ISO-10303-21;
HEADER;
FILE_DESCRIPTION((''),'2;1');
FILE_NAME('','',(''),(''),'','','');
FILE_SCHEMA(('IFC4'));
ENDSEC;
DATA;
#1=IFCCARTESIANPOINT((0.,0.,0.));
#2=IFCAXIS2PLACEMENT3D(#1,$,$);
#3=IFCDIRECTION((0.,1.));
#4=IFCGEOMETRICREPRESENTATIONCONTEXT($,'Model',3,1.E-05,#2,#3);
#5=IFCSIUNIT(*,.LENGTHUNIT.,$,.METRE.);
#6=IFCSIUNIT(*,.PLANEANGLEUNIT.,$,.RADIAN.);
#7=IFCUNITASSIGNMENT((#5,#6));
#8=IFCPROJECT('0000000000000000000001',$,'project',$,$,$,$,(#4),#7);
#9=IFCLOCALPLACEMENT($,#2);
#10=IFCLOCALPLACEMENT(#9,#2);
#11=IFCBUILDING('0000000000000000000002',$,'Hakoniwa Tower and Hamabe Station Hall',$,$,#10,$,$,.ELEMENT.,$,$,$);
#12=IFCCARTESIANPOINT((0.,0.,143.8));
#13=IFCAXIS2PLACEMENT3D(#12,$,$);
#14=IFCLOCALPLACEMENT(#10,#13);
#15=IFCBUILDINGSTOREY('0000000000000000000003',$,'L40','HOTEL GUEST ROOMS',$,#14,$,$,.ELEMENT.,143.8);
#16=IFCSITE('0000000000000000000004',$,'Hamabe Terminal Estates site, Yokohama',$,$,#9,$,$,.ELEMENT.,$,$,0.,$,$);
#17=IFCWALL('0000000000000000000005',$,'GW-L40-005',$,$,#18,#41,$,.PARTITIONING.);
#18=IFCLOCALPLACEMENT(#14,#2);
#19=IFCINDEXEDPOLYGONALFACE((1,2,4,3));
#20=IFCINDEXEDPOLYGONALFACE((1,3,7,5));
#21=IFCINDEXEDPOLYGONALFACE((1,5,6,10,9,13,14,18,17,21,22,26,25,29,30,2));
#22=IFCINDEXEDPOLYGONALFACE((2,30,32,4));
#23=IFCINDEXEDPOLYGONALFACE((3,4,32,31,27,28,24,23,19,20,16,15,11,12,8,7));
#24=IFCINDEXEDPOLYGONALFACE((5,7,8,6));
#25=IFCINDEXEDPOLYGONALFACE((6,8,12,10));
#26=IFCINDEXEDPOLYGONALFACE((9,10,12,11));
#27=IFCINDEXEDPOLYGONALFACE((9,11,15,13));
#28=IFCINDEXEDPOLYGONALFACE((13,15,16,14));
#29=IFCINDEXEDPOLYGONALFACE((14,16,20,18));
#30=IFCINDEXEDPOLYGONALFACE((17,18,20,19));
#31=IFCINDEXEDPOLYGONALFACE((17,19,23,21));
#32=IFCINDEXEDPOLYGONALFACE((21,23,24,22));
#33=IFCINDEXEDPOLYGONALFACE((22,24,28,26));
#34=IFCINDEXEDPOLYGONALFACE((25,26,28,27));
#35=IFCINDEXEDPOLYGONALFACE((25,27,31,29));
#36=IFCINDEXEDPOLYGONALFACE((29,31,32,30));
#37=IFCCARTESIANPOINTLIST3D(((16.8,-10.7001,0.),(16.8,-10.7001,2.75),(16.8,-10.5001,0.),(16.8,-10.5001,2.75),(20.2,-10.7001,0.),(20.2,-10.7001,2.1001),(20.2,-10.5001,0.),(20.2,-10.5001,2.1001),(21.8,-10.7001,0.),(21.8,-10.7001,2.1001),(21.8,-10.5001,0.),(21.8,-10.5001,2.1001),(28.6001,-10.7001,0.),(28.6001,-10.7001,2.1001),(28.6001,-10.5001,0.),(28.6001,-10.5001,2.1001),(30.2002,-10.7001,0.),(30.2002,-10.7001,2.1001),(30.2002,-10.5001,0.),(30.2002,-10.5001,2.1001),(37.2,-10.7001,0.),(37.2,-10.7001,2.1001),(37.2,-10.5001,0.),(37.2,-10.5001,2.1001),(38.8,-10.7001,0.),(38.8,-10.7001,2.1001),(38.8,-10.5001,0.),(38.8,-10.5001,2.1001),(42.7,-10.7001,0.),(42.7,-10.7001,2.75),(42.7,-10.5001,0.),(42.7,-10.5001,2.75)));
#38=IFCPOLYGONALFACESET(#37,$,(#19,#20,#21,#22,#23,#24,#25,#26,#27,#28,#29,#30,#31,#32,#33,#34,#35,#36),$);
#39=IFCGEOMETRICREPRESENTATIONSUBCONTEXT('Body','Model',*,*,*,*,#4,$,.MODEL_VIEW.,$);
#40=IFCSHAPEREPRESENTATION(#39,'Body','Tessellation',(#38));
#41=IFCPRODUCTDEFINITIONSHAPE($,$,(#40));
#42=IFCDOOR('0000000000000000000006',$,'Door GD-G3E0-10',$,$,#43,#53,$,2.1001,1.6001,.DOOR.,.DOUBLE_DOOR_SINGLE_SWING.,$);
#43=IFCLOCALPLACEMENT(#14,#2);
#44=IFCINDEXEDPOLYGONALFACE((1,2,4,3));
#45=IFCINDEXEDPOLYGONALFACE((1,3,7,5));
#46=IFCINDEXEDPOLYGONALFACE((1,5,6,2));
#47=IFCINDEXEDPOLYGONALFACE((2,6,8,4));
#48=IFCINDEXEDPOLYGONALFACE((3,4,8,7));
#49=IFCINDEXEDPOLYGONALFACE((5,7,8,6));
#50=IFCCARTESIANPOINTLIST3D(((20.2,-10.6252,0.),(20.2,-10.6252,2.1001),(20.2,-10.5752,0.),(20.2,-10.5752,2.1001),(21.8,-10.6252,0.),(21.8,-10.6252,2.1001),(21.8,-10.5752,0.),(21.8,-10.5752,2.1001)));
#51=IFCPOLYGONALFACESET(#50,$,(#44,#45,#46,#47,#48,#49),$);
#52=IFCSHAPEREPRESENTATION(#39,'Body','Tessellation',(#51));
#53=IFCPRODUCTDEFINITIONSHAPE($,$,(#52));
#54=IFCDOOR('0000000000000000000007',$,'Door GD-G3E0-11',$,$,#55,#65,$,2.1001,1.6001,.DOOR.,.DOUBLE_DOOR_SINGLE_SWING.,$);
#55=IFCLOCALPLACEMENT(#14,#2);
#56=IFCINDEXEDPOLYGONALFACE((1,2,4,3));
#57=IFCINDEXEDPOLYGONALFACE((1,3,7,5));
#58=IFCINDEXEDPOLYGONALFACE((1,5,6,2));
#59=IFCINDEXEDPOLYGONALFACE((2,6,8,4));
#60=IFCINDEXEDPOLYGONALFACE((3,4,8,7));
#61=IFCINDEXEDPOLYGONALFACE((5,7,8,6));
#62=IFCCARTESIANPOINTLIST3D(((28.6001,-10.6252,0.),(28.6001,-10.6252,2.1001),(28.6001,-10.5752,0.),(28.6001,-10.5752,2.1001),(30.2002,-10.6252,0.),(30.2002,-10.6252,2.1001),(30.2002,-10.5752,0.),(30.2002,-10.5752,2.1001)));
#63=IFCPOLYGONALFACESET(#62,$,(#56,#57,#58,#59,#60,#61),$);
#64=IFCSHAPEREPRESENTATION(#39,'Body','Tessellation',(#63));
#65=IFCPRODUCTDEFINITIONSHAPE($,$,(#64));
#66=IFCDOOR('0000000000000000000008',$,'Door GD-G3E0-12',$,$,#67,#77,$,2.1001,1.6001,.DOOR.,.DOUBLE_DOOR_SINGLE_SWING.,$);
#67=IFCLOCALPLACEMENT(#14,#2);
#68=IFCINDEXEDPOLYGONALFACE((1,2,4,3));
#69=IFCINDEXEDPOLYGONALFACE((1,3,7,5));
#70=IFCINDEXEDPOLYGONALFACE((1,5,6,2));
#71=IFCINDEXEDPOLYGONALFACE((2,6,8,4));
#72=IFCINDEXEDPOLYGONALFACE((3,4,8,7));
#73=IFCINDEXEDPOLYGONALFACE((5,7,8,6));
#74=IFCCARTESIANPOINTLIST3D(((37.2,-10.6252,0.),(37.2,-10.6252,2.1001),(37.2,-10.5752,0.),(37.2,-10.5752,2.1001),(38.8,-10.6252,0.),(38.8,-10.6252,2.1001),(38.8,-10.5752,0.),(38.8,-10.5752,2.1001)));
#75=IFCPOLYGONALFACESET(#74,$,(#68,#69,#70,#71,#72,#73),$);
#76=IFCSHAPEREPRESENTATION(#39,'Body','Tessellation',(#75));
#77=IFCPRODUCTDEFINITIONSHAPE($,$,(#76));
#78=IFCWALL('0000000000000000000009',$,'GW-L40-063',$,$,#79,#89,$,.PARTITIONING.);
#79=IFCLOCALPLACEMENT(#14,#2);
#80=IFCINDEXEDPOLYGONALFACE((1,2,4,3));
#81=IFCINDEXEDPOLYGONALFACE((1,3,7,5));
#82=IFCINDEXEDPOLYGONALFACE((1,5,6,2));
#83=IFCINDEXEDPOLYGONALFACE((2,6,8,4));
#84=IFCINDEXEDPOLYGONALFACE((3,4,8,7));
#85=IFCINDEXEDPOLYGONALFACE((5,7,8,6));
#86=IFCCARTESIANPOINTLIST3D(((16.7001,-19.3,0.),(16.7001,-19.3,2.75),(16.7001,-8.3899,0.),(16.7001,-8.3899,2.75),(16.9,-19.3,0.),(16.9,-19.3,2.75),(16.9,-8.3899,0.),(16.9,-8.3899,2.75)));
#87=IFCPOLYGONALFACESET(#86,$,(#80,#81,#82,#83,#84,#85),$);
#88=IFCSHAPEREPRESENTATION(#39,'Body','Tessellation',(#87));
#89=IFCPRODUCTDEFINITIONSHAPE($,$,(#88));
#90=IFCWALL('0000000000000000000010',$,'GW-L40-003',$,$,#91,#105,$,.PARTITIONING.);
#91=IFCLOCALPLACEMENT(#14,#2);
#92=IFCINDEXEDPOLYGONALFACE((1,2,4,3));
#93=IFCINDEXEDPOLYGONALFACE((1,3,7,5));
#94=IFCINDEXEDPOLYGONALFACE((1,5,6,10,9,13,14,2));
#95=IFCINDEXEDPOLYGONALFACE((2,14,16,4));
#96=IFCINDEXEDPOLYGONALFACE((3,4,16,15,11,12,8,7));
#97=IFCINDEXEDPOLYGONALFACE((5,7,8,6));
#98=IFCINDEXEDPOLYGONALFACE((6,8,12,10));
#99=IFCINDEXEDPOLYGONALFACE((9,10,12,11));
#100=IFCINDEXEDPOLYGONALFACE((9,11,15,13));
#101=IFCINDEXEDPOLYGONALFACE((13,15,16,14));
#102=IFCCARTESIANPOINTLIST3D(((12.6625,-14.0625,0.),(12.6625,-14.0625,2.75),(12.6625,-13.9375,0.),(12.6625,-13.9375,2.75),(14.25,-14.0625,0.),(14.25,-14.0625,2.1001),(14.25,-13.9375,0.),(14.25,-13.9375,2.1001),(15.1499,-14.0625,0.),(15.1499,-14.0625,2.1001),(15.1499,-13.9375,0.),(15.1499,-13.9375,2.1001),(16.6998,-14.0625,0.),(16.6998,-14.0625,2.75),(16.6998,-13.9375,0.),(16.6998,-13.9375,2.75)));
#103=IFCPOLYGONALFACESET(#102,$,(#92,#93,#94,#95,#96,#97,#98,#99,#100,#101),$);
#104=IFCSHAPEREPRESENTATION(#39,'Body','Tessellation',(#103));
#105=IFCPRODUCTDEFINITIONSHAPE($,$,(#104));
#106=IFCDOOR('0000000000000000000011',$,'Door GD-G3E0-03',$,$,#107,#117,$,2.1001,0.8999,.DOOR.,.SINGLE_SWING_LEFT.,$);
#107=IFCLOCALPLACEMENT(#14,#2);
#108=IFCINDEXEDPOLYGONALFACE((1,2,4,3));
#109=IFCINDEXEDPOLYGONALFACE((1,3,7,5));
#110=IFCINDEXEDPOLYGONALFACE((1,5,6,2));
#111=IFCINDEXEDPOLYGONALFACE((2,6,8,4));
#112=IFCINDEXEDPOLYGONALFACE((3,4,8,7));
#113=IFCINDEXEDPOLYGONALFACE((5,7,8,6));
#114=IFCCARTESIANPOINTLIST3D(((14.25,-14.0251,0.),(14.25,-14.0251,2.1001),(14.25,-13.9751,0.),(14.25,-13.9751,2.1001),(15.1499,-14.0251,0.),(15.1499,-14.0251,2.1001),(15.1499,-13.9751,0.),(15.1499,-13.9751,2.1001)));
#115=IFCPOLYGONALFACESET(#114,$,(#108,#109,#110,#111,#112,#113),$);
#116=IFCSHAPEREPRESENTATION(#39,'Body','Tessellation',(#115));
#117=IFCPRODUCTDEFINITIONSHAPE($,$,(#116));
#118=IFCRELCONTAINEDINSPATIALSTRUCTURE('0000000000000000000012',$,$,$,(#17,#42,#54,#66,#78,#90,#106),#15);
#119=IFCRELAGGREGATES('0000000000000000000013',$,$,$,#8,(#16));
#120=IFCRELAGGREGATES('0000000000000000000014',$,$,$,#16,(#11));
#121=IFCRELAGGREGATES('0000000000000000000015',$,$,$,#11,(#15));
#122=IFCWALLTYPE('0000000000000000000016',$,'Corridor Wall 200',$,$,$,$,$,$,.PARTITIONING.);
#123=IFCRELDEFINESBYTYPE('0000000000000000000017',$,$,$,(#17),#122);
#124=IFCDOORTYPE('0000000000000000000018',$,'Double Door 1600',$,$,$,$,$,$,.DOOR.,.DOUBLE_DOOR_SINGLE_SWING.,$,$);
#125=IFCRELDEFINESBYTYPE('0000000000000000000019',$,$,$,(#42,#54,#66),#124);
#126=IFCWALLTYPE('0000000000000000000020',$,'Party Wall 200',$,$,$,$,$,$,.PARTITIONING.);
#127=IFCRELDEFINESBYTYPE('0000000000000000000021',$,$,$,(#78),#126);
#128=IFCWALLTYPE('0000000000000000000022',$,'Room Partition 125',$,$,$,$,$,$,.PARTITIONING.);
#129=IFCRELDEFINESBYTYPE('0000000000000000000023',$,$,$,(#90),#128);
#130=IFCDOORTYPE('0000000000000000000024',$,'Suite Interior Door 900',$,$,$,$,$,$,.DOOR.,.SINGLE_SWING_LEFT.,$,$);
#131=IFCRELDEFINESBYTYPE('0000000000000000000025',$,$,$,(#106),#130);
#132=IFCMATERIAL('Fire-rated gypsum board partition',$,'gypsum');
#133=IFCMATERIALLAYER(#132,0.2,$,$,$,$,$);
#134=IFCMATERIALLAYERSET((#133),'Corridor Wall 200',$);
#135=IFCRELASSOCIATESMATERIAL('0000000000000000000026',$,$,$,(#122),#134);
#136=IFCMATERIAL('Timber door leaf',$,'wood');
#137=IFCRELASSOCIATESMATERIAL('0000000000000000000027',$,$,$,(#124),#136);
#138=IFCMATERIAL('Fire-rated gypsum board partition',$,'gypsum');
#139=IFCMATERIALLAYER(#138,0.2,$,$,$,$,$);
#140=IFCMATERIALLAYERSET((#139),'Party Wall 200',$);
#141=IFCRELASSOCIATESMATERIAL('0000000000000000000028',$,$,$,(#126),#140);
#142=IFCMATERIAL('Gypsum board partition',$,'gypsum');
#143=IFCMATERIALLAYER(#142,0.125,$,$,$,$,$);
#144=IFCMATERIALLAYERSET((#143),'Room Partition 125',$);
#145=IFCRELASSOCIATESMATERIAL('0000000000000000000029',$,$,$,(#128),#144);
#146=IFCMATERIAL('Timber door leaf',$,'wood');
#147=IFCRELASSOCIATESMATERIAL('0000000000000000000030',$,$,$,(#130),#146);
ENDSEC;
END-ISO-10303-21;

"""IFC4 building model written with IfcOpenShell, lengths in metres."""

from ifc_helpers import new_model, si_unit, direction, frame, frame_2d, origin, place, context, subcontext, project, spatial, rectangle, extrude, material, layer, layer_set, type_object, element, fill, save


model = new_model("IFC4")

# Units and contexts
model_context = context("Model", 3, precision=1e-05, world=origin(), true_north=direction((0.0, 1.0)))
body_context = subcontext(model_context, "Body", "Model", "MODEL_VIEW")
ifc_project = project(units=[si_unit("LENGTHUNIT", "METRE"), si_unit("PLANEANGLEUNIT", "RADIAN")], contexts=[model_context])

# Site, building, storey
site_placement = place(None, origin())
site = spatial("IfcSite", under=ifc_project, at=site_placement, Name="Hamabe Terminal Estates site, Yokohama", CompositionType="ELEMENT", RefElevation=0.0)
building_placement = place(site_placement, origin())
building = spatial("IfcBuilding", under=site, at=building_placement, Name="Hakoniwa Tower and Hamabe Station Hall", CompositionType="ELEMENT")
storey_placement = place(building_placement, frame((0.0, 0.0, 143.8)))
storey = spatial("IfcBuildingStorey", under=building, at=storey_placement, Name="L40", Description="HOTEL GUEST ROOMS", CompositionType="ELEMENT", Elevation=143.8)

# Wall, openings, doors
ifc_material_1 = material(Name="Fire-rated gypsum board partition", Category="gypsum")
ifc_layer_1 = layer(ifc_material_1, 0.2)
ifc_layer_set_1 = layer_set([ifc_layer_1], Name="Corridor Wall 200")
wall_type_1 = type_object("IfcWallType", Name="Corridor Wall 200", PredefinedType="PARTITIONING", material=ifc_layer_set_1)
wall_1_placement = place(storey_placement, frame((16.8, -10.6001, 0.0), z_axis=(0.0, 0.0, 1.0), x_axis=(1.0, 0.0, 0.0)))
wall_1 = element("IfcWall", 1, at=wall_1_placement, inside=storey, type_object=wall_type_1, Name="GW-L40-005", PredefinedType="PARTITIONING", context=body_context, shape_type="SweptSolid", body=[
    extrude(rectangle(XDim=25.8999, YDim=0.2, at=frame_2d((12.95, 0.0))), origin(), (0.0, 0.0, 1.0), 2.75),
])
opening_1_placement = place(wall_1_placement, frame((3.3999, 0.0, 0.0)))
opening_1 = element("IfcOpeningElement", 2, at=opening_1_placement, cuts=wall_1, PredefinedType="OPENING", context=body_context, shape_type="SweptSolid", body=[
    extrude(rectangle(XDim=1.6001, YDim=2.1001, at=frame_2d((0.8, 1.05))), frame((0.0, 0.1099, 0.0), z_axis=(0.0, -1.0, 0.0), x_axis=(1.0, 0.0, 0.0)), (0.0, 0.0, 1.0), 0.22),
])
opening_2_placement = place(wall_1_placement, frame((11.8, 0.0, 0.0)))
opening_2 = element("IfcOpeningElement", 3, at=opening_2_placement, cuts=wall_1, PredefinedType="OPENING", context=body_context, shape_type="SweptSolid", body=[
    extrude(rectangle(XDim=1.6001, YDim=2.1001, at=frame_2d((0.8, 1.05))), frame((0.0, 0.1099, 0.0), z_axis=(0.0, -1.0, 0.0), x_axis=(1.0, 0.0, 0.0)), (0.0, 0.0, 1.0), 0.22),
])
opening_3_placement = place(wall_1_placement, frame((20.3999, 0.0, 0.0)))
opening_3 = element("IfcOpeningElement", 4, at=opening_3_placement, cuts=wall_1, PredefinedType="OPENING", context=body_context, shape_type="SweptSolid", body=[
    extrude(rectangle(XDim=1.6001, YDim=2.1001, at=frame_2d((0.8, 1.05))), frame((0.0, 0.1099, 0.0), z_axis=(0.0, -1.0, 0.0), x_axis=(1.0, 0.0, 0.0)), (0.0, 0.0, 1.0), 0.22),
])
ifc_material_2 = material(Name="Timber door leaf", Category="wood")
door_type_1 = type_object("IfcDoorType", Name="Double Door 1600", OperationType="DOUBLE_DOOR_SINGLE_SWING", PredefinedType="DOOR", material=ifc_material_2)
door_1_placement = place(opening_1_placement, origin())
door_1 = element("IfcDoor", 5, at=door_1_placement, inside=storey, type_object=door_type_1, Name="Door GD-G3E0-10", OperationType="DOUBLE_DOOR_SINGLE_SWING", OverallHeight=2.1001, OverallWidth=1.6001, PredefinedType="DOOR", context=body_context, shape_type="SweptSolid", body=[
    extrude(rectangle(XDim=1.6001, YDim=2.1001, at=frame_2d((0.8, 1.05))), frame((0.0, 0.0249, 0.0), z_axis=(0.0, -1.0, 0.0), x_axis=(1.0, 0.0, 0.0)), (0.0, 0.0, 1.0), 0.05),
])
fill(opening_1, door_1)
door_2_placement = place(opening_2_placement, origin())
door_2 = element("IfcDoor", 6, at=door_2_placement, inside=storey, type_object=door_type_1, Name="Door GD-G3E0-11", OperationType="DOUBLE_DOOR_SINGLE_SWING", OverallHeight=2.1001, OverallWidth=1.6001, PredefinedType="DOOR", context=body_context, shape_type="SweptSolid", body=[
    extrude(rectangle(XDim=1.6001, YDim=2.1001, at=frame_2d((0.8, 1.05))), frame((0.0, 0.0249, 0.0), z_axis=(0.0, -1.0, 0.0), x_axis=(1.0, 0.0, 0.0)), (0.0, 0.0, 1.0), 0.05),
])
fill(opening_2, door_2)
door_3_placement = place(opening_3_placement, origin())
door_3 = element("IfcDoor", 7, at=door_3_placement, inside=storey, type_object=door_type_1, Name="Door GD-G3E0-12", OperationType="DOUBLE_DOOR_SINGLE_SWING", OverallHeight=2.1001, OverallWidth=1.6001, PredefinedType="DOOR", context=body_context, shape_type="SweptSolid", body=[
    extrude(rectangle(XDim=1.6001, YDim=2.1001, at=frame_2d((0.8, 1.05))), frame((0.0, 0.0249, 0.0), z_axis=(0.0, -1.0, 0.0), x_axis=(1.0, 0.0, 0.0)), (0.0, 0.0, 1.0), 0.05),
])
fill(opening_3, door_3)

# Wall
ifc_material_3 = material(Name="Fire-rated gypsum board partition", Category="gypsum")
ifc_layer_2 = layer(ifc_material_3, 0.2)
ifc_layer_set_2 = layer_set([ifc_layer_2], Name="Party Wall 200")
wall_type_2 = type_object("IfcWallType", Name="Party Wall 200", PredefinedType="PARTITIONING", material=ifc_layer_set_2)
wall_2_placement = place(storey_placement, frame((16.8, -19.3, 0.0), z_axis=(0.0, 0.0, 1.0), x_axis=(0.0, 1.0, 0.0)))
element("IfcWall", 8, at=wall_2_placement, inside=storey, type_object=wall_type_2, Name="GW-L40-063", PredefinedType="PARTITIONING", context=body_context, shape_type="SweptSolid", body=[
    extrude(rectangle(XDim=10.9102, YDim=0.2, at=frame_2d((5.4551, 0.0))), origin(), (0.0, 0.0, 1.0), 2.75),
])

# Wall, opening, door
ifc_material_4 = material(Name="Gypsum board partition", Category="gypsum")
ifc_layer_3 = layer(ifc_material_4, 0.125)
ifc_layer_set_3 = layer_set([ifc_layer_3], Name="Room Partition 125")
wall_type_3 = type_object("IfcWallType", Name="Room Partition 125", PredefinedType="PARTITIONING", material=ifc_layer_set_3)
wall_3_placement = place(storey_placement, frame((12.6626, -14.0, 0.0), z_axis=(0.0, 0.0, 1.0), x_axis=(1.0, 0.0, 0.0)))
wall_3 = element("IfcWall", 9, at=wall_3_placement, inside=storey, type_object=wall_type_3, Name="GW-L40-003", PredefinedType="PARTITIONING", context=body_context, shape_type="SweptSolid", body=[
    extrude(rectangle(XDim=4.0374, YDim=0.125, at=frame_2d((2.0186, 0.0))), origin(), (0.0, 0.0, 1.0), 2.75),
])
opening_4_placement = place(wall_3_placement, frame((1.5874, 0.0, 0.0)))
opening_4 = element("IfcOpeningElement", 10, at=opening_4_placement, cuts=wall_3, PredefinedType="OPENING", context=body_context, shape_type="SweptSolid", body=[
    extrude(rectangle(XDim=0.8999, YDim=2.1001, at=frame_2d((0.45, 1.05))), frame((0.0, 0.0725, 0.0), z_axis=(0.0, -1.0, 0.0), x_axis=(1.0, 0.0, 0.0)), (0.0, 0.0, 1.0), 0.145),
])
ifc_material_5 = material(Name="Timber door leaf", Category="wood")
door_type_2 = type_object("IfcDoorType", Name="Suite Interior Door 900", OperationType="SINGLE_SWING_LEFT", PredefinedType="DOOR", material=ifc_material_5)
door_4_placement = place(opening_4_placement, origin())
door_4 = element("IfcDoor", 11, at=door_4_placement, inside=storey, type_object=door_type_2, Name="Door GD-G3E0-03", OperationType="SINGLE_SWING_LEFT", OverallHeight=2.1001, OverallWidth=0.8999, PredefinedType="DOOR", context=body_context, shape_type="SweptSolid", body=[
    extrude(rectangle(XDim=0.8999, YDim=2.1001, at=frame_2d((0.45, 1.05))), frame((0.0, 0.0249, 0.0), z_axis=(0.0, -1.0, 0.0), x_axis=(1.0, 0.0, 0.0)), (0.0, 0.0, 1.0), 0.05),
])
fill(opening_4, door_4)

save(model, "model.ifc")
